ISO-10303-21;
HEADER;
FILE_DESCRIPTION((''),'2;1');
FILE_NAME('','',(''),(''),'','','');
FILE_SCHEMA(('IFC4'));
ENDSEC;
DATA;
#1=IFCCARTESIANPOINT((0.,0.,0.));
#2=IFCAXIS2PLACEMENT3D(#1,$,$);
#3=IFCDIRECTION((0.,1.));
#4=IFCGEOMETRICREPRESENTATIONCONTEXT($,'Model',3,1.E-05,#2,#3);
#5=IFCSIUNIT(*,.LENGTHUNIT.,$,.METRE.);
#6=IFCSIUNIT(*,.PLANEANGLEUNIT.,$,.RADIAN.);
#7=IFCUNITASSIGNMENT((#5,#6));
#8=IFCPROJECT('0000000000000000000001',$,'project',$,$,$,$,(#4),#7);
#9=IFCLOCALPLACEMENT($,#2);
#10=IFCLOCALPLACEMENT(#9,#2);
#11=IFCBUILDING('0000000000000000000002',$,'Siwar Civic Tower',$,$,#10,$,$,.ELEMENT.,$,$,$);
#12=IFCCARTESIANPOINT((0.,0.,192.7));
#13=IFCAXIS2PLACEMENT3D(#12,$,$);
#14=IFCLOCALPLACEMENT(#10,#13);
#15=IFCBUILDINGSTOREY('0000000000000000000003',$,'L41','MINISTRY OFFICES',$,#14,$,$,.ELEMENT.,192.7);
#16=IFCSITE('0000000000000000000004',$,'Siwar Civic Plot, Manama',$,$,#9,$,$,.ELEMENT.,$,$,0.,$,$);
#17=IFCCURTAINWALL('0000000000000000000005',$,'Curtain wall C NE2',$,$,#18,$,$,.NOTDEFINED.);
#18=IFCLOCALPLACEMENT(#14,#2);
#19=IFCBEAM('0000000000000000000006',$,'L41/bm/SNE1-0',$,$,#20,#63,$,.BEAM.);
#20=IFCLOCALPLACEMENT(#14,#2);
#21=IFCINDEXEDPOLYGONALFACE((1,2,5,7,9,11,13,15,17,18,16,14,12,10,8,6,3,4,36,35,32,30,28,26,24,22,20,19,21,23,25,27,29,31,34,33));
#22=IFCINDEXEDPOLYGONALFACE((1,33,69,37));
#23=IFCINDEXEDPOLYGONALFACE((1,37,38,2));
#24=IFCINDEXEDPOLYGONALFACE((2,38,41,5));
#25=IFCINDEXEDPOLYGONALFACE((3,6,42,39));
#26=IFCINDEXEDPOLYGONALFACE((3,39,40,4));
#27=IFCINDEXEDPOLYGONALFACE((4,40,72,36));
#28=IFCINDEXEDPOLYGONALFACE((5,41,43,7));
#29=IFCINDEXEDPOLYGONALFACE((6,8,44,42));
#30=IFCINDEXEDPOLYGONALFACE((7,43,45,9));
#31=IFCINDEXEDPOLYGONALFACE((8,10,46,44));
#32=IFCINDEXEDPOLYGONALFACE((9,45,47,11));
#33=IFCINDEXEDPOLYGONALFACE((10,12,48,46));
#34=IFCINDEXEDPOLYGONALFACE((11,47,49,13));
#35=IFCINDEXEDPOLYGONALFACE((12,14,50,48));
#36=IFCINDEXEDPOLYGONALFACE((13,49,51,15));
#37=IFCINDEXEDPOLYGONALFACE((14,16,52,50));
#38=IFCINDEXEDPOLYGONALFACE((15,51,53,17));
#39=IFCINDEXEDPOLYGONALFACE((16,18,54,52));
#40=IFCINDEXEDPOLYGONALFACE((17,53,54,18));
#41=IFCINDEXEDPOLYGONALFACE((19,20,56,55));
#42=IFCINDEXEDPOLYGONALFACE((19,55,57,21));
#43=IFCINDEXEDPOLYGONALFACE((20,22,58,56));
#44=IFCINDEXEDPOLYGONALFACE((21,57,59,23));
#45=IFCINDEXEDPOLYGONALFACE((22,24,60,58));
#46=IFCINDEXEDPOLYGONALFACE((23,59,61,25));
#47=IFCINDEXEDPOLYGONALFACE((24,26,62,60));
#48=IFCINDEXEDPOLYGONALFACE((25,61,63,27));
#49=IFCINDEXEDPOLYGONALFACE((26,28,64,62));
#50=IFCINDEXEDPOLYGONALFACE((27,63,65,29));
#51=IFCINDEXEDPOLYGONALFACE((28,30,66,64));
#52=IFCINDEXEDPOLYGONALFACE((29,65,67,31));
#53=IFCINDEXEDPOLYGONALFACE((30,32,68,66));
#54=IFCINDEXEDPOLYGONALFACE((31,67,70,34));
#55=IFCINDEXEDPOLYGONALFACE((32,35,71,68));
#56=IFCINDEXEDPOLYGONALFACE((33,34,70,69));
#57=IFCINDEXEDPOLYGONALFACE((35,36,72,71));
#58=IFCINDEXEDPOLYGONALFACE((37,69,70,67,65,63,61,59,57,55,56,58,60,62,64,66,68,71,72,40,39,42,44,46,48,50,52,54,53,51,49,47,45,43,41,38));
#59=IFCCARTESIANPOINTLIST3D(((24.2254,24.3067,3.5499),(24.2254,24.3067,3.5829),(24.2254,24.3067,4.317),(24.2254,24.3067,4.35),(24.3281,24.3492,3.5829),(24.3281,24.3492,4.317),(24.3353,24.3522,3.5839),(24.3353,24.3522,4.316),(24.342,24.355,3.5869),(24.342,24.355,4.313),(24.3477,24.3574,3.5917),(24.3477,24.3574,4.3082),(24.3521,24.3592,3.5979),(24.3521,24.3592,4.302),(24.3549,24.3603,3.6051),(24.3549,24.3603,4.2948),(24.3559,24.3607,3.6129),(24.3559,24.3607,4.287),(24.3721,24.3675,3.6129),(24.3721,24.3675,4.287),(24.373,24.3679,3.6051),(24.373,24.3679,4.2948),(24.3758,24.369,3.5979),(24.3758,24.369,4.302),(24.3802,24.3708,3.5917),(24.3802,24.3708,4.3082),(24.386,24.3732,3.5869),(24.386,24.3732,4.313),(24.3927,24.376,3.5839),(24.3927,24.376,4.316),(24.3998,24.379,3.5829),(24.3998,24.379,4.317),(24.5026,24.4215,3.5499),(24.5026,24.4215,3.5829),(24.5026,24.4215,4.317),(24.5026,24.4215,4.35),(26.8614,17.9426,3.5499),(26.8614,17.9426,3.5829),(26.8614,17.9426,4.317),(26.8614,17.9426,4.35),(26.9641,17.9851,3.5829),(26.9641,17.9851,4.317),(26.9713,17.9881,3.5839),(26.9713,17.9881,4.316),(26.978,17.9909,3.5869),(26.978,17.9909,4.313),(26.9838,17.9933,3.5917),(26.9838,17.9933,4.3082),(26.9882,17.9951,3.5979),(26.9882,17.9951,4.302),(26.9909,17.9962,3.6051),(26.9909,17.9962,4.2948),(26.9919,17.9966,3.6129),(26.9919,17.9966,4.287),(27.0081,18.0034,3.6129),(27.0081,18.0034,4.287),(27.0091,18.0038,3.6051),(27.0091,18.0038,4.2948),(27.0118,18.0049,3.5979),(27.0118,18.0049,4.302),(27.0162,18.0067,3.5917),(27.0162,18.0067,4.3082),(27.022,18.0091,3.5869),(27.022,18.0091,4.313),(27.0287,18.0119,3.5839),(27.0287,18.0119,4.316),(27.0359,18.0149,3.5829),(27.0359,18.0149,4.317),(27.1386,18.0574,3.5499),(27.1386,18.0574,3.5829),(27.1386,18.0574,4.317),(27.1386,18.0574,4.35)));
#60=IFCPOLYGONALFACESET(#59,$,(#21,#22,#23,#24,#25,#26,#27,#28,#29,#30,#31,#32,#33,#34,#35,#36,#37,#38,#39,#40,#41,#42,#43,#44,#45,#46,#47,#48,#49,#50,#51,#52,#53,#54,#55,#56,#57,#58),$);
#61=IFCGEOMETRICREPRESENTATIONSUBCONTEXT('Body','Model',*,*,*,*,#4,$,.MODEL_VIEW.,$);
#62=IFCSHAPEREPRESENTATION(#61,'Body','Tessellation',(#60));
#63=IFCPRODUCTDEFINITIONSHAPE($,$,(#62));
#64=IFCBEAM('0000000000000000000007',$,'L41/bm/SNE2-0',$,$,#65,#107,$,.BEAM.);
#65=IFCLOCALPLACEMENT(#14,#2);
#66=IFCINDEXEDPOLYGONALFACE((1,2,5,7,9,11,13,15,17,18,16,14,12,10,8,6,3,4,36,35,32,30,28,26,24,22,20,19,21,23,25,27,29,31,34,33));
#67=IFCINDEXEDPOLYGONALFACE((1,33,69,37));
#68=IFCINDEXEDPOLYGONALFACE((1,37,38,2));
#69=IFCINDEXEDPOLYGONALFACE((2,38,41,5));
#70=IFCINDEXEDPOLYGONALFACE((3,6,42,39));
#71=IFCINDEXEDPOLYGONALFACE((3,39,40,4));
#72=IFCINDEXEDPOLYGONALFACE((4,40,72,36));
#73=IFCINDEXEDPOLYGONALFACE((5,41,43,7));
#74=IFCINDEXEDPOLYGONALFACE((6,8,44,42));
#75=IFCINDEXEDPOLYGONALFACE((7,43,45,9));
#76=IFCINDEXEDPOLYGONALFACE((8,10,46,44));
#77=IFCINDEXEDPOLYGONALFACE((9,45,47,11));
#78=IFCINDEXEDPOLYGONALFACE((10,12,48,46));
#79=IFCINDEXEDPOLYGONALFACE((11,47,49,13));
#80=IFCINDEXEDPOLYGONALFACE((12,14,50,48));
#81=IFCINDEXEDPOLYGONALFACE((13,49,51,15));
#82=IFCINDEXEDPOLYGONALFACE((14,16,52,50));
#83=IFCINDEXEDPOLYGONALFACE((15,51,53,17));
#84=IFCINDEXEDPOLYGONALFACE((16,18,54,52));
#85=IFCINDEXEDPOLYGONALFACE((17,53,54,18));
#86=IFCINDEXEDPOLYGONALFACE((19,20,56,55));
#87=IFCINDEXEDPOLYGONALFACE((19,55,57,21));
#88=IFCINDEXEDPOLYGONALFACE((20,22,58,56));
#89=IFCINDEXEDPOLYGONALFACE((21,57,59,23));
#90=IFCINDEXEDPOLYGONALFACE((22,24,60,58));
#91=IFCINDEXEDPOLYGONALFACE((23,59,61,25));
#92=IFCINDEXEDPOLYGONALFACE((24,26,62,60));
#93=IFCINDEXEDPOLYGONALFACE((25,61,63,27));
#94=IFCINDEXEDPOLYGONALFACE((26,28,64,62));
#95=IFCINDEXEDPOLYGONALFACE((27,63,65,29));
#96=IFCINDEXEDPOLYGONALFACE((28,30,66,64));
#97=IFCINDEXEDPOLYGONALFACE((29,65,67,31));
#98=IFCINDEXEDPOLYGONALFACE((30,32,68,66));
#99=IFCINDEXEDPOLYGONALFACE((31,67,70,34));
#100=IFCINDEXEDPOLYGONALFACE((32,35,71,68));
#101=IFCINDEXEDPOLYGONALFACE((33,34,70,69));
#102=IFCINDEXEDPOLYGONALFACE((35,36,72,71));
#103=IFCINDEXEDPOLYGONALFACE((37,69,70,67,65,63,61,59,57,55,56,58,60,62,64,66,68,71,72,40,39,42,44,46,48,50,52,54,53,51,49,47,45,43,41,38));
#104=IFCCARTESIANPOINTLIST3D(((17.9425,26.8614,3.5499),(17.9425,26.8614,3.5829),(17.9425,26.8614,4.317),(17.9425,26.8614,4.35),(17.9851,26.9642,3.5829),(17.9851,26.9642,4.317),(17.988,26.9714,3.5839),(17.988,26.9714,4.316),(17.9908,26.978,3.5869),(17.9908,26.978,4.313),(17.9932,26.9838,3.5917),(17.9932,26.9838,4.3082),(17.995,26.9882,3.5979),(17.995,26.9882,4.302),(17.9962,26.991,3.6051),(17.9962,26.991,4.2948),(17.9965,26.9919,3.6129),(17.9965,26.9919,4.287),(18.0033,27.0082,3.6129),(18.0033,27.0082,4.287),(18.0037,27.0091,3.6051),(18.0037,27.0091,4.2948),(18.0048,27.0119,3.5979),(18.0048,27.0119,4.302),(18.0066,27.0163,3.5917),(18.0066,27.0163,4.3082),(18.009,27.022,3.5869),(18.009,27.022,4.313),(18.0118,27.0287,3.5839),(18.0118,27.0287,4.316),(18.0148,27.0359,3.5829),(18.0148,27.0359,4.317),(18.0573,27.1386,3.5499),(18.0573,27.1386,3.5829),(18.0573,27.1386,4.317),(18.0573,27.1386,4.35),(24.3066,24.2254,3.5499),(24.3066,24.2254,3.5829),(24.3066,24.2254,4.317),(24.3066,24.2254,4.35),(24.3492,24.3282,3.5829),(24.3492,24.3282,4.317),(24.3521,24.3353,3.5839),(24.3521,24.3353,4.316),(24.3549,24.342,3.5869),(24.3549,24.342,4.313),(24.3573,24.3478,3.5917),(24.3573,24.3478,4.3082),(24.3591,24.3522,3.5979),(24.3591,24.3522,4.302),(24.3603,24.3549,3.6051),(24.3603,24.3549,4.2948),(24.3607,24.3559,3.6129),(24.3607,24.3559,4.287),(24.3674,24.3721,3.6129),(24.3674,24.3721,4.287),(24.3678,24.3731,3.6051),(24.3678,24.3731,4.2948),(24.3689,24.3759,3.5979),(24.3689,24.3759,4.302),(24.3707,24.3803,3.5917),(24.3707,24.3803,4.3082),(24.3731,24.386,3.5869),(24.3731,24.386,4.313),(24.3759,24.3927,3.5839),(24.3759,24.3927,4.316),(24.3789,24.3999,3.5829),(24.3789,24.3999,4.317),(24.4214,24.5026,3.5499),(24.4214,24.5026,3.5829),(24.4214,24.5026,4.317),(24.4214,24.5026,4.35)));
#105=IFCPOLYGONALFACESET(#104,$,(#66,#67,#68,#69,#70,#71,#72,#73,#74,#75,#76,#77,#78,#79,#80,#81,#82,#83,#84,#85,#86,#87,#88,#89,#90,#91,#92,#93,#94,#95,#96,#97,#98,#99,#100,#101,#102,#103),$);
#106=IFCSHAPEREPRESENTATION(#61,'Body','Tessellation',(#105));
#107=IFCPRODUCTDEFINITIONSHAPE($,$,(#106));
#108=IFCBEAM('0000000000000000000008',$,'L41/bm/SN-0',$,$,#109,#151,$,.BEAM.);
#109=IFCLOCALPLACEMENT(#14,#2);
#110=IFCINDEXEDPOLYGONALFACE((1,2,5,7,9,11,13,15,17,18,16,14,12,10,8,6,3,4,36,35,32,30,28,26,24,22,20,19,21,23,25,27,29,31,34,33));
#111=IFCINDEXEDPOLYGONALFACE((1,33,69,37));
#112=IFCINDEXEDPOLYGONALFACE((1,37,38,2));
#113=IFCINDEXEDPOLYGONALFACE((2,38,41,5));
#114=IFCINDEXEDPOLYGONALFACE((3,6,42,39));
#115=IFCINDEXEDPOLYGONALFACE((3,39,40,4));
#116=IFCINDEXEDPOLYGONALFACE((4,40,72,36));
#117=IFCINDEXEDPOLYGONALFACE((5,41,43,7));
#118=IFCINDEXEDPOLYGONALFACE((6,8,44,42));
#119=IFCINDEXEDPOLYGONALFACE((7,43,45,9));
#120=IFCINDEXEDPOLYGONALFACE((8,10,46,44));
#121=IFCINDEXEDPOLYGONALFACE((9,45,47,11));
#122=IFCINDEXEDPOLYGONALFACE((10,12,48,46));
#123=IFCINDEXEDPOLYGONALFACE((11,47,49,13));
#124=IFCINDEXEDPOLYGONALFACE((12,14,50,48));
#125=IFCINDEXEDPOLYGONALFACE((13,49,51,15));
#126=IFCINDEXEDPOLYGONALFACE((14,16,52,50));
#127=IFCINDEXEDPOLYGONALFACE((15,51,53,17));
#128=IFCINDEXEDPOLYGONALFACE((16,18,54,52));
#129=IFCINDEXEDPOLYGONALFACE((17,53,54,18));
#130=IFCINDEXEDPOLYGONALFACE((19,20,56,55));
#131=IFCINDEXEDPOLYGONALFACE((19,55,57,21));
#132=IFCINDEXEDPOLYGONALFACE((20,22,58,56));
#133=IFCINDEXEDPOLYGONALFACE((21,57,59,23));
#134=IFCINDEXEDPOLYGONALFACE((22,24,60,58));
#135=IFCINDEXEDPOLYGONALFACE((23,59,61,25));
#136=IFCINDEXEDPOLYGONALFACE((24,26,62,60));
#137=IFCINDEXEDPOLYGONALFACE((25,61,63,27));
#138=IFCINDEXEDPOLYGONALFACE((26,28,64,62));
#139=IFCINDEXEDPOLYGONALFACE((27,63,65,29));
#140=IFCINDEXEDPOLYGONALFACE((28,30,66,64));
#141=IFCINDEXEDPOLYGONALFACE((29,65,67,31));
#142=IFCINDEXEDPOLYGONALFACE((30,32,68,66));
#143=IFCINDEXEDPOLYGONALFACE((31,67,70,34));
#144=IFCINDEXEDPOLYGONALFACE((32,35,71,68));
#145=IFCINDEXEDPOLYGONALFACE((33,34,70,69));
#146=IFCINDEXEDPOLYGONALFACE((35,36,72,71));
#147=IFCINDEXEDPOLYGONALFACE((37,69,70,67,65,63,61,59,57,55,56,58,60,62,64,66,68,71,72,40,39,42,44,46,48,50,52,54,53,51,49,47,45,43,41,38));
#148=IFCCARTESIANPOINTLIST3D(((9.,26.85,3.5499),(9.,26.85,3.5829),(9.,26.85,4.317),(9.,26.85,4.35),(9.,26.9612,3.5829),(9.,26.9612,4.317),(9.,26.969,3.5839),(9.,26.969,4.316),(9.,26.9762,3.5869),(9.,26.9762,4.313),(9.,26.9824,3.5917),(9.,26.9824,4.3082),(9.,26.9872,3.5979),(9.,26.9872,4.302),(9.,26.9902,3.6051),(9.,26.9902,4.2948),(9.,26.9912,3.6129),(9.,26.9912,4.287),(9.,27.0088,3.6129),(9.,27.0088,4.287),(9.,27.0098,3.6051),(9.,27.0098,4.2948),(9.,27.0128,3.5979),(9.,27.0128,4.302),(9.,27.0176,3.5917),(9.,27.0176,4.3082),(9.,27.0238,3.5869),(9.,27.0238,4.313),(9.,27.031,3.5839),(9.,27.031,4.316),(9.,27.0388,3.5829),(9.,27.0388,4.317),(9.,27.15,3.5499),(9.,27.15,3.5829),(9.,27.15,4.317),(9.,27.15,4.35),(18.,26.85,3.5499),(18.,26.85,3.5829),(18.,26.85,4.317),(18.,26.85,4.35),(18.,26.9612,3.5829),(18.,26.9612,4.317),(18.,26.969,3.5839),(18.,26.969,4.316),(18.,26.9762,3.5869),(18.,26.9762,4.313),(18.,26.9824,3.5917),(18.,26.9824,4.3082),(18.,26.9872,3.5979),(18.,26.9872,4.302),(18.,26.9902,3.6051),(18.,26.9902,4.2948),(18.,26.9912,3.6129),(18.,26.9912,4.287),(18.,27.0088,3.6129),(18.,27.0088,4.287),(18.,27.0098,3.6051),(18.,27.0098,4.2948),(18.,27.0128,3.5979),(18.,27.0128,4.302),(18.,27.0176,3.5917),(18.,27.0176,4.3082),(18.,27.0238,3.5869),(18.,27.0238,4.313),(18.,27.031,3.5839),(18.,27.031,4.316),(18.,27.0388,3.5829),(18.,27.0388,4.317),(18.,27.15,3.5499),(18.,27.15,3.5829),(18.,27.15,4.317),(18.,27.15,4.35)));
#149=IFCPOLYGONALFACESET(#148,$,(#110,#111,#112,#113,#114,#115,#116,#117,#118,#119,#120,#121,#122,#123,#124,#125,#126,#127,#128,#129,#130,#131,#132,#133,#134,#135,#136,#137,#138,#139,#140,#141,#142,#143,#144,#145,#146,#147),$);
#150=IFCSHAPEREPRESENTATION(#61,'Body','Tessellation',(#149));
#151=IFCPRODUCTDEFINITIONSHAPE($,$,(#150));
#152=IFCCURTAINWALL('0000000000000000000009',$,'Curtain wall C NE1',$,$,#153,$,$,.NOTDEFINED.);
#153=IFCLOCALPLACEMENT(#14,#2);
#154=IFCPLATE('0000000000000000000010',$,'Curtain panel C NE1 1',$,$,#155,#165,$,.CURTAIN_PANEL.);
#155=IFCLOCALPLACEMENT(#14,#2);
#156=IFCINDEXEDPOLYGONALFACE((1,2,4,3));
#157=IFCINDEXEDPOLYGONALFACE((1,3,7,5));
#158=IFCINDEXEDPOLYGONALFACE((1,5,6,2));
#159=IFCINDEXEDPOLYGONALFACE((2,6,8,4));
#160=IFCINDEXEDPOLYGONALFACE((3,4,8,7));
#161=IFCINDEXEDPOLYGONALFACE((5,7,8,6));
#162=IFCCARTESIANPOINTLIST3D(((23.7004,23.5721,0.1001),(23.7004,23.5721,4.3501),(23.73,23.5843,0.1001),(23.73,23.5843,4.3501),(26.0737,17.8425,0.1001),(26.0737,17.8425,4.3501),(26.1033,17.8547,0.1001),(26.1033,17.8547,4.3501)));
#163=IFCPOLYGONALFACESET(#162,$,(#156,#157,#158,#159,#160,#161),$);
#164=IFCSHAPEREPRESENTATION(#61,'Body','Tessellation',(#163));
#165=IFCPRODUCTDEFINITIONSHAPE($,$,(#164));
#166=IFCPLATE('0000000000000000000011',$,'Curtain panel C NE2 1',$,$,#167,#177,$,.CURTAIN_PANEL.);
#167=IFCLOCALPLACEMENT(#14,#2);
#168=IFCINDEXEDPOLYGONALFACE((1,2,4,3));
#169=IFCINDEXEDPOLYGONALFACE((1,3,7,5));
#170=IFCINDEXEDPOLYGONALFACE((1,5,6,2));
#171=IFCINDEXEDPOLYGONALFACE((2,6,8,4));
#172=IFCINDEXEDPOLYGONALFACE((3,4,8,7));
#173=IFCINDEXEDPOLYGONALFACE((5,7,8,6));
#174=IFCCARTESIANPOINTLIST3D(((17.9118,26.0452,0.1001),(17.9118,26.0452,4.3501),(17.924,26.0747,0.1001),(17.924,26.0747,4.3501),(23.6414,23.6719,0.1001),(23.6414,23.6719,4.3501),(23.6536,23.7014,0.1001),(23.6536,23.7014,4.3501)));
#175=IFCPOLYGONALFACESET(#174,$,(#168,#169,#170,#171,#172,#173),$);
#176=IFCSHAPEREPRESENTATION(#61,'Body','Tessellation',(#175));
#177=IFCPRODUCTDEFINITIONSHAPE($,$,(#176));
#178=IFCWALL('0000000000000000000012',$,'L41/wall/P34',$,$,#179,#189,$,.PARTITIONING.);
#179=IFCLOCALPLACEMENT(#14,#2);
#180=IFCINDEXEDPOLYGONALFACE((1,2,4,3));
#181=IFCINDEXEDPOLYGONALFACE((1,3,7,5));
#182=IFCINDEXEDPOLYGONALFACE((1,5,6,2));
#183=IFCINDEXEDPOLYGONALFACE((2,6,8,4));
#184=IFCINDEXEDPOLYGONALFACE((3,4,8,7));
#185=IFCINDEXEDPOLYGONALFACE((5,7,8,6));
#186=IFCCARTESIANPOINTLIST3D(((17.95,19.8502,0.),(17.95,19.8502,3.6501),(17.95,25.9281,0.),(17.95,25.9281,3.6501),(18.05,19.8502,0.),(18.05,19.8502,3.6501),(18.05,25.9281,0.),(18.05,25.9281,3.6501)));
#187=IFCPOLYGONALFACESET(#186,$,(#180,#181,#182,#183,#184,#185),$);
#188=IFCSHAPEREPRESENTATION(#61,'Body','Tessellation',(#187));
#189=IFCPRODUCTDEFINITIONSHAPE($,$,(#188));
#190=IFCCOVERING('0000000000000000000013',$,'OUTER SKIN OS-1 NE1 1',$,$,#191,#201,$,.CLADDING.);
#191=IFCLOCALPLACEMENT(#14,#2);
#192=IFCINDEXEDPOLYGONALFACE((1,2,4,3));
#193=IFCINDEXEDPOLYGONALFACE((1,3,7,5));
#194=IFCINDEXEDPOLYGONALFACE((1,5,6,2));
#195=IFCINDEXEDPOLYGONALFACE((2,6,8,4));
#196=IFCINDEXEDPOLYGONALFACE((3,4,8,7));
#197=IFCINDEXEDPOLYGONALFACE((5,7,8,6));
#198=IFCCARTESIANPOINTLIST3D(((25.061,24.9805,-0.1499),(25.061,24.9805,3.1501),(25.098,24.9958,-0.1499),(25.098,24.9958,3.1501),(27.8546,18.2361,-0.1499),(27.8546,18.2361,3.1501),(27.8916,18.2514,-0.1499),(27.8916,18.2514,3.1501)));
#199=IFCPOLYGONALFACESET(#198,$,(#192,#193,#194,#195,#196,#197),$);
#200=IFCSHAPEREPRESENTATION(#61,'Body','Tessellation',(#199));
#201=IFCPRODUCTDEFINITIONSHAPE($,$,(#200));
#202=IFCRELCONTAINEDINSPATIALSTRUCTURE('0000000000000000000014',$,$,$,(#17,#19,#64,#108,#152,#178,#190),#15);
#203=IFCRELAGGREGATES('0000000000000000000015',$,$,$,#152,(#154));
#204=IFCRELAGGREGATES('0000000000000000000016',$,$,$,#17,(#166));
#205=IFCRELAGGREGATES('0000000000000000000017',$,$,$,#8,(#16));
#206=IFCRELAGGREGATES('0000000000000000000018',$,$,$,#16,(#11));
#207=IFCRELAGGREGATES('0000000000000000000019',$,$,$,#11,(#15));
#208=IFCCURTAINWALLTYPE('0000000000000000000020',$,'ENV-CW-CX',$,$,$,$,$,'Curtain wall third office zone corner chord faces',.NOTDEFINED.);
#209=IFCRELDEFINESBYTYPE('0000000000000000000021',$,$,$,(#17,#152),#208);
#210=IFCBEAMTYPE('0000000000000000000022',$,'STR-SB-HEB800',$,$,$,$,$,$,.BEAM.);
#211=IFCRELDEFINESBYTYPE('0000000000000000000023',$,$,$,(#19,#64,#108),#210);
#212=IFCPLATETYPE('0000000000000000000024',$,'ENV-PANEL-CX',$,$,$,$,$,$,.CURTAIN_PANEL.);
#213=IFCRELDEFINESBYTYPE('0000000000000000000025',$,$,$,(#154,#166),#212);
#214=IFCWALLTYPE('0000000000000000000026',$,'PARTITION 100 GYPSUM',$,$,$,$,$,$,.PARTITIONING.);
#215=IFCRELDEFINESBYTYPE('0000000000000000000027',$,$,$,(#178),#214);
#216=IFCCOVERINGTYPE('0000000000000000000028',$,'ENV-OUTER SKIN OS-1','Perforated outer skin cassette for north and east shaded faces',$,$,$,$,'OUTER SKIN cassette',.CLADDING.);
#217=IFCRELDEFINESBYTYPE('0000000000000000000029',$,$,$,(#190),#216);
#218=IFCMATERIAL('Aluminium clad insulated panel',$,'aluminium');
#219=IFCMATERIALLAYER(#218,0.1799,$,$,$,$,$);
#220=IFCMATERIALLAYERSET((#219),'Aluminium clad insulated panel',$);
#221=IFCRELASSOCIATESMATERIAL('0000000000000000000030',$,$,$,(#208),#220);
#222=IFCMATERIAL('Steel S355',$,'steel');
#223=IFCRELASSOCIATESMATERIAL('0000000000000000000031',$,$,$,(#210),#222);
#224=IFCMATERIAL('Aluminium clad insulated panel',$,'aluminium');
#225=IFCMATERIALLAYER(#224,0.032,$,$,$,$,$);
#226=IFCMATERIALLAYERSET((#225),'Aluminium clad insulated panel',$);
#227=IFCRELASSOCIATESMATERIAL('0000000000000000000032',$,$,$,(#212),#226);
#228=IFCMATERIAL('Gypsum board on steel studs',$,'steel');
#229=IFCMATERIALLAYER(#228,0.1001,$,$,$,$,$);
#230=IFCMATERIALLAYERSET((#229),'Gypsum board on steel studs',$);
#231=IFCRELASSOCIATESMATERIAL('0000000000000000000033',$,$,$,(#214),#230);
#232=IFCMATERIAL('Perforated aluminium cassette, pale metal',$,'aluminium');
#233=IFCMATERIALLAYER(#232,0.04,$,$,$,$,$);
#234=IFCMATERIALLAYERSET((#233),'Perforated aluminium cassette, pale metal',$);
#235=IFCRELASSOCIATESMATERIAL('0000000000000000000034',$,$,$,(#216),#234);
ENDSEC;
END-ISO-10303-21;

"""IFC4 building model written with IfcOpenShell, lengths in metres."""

from ifc_helpers import new_model, si_unit, direction, frame, frame_2d, origin, origin_2d, place, context, subcontext, project, spatial, rectangle, i_section, extrude, material, layer, layer_set, material_profile, profile_set, type_object, element, aggregate, save


model = new_model("IFC4")

# Units and contexts
model_context = context("Model", 3, precision=1e-05, world=origin(), true_north=direction((0.0, 1.0)))
body_context = subcontext(model_context, "Body", "Model", "MODEL_VIEW")
ifc_project = project(units=[si_unit("LENGTHUNIT", "METRE"), si_unit("PLANEANGLEUNIT", "RADIAN")], contexts=[model_context])

# Site, building, storey
site_placement = place(None, origin())
site = spatial("IfcSite", under=ifc_project, at=site_placement, Name="Siwar Civic Plot, Manama", CompositionType="ELEMENT", RefElevation=0.0)
building_placement = place(site_placement, origin())
building = spatial("IfcBuilding", under=site, at=building_placement, Name="Siwar Civic Tower", CompositionType="ELEMENT")
storey_placement = place(building_placement, frame((0.0, 0.0, 192.7)))
storey = spatial("IfcBuildingStorey", under=building, at=storey_placement, Name="L41", Description="MINISTRY OFFICES", CompositionType="ELEMENT", Elevation=192.7)

# Curtain wall
ifc_material_1 = material(Name="Aluminium clad insulated panel", Category="aluminium")
ifc_layer_1 = layer(ifc_material_1, 0.1799)
ifc_layer_set_1 = layer_set([ifc_layer_1], Name="Aluminium clad insulated panel")
curtain_wall_type_1 = type_object("IfcCurtainWallType", Name="ENV-CW-CX", ElementType="Curtain wall third office zone corner chord faces", PredefinedType="NOTDEFINED", material=ifc_layer_set_1)
curtain_wall_1_placement = place(storey_placement, origin())
curtain_wall_1 = element("IfcCurtainWall", 1, at=curtain_wall_1_placement, inside=storey, type_object=curtain_wall_type_1, Name="Curtain wall C NE2", PredefinedType="NOTDEFINED")

# Beams
ifc_material_2 = material(Name="Steel S355", Category="steel")
ifc_material_profile_1 = material_profile(ifc_material_2, i_section(OverallWidth=0.3, OverallDepth=0.8, WebThickness=0.0176, FlangeThickness=0.033, FilletRadius=0.03, at=origin_2d()), Name="HEB800")
ifc_profile_set_1 = profile_set([ifc_material_profile_1], Name="Steel S355")
beam_type_1 = type_object("IfcBeamType", Name="STR-SB-HEB800", PredefinedType="BEAM", material=ifc_profile_set_1)
for number, where, z_axis, x_axis, name in (
    (2, (27.0, 18.0, 3.95), (-0.382674, 0.923883, 0.0), (-0.923883, -0.382674, 0.0), "L41/bm/SNE1-0"),
    (3, (24.364, 24.364, 3.95), (-0.923883, 0.382674, 0.0), (-0.382674, -0.923883, 0.0), "L41/bm/SNE2-0"),
):
    element("IfcBeam", number, at=place(storey_placement, frame(where, z_axis=z_axis, x_axis=x_axis)), inside=storey, type_object=beam_type_1, Name=name, PredefinedType="BEAM", context=body_context, shape_type="SweptSolid", body=[
        extrude(i_section(OverallWidth=0.3, OverallDepth=0.8, WebThickness=0.0176, FlangeThickness=0.033, FilletRadius=0.03, at=origin_2d()), origin(), (0.0, 0.0, 1.0), 6.8884),
    ])
beam_1_placement = place(storey_placement, frame((18.0, 27.0, 3.95), z_axis=(-1.0, 0.0, 0.0), x_axis=(0.0, -1.0, 0.0)))
element("IfcBeam", 4, at=beam_1_placement, inside=storey, type_object=beam_type_1, Name="L41/bm/SN-0", PredefinedType="BEAM", context=body_context, shape_type="SweptSolid", body=[
    extrude(i_section(OverallWidth=0.3, OverallDepth=0.8, WebThickness=0.0176, FlangeThickness=0.033, FilletRadius=0.03, at=origin_2d()), origin(), (0.0, 0.0, 1.0), 9.0),
])

# Curtain wall, plate
curtain_wall_2_placement = place(storey_placement, origin())
curtain_wall_2 = element("IfcCurtainWall", 5, at=curtain_wall_2_placement, inside=storey, type_object=curtain_wall_type_1, Name="Curtain wall C NE1", PredefinedType="NOTDEFINED")
ifc_material_3 = material(Name="Aluminium clad insulated panel", Category="aluminium")
ifc_layer_2 = layer(ifc_material_3, 0.032)
ifc_layer_set_2 = layer_set([ifc_layer_2], Name="Aluminium clad insulated panel")
plate_type = type_object("IfcPlateType", Name="ENV-PANEL-CX", PredefinedType="CURTAIN_PANEL", material=ifc_layer_set_2)
plate_1_placement = place(storey_placement, frame((24.9019, 20.7134, 0.1001), z_axis=(0.0, 0.0, 1.0), x_axis=(-0.382683, 0.92388, 0.0)))
plate_1 = element("IfcPlate", 6, at=plate_1_placement, type_object=plate_type, Name="Curtain panel C NE1 1", PredefinedType="CURTAIN_PANEL", context=body_context, shape_type="SweptSolid", body=[
    extrude(rectangle(XDim=6.2017, YDim=0.032, at=origin_2d()), origin(), (0.0, 0.0, 1.0), 4.25),
])
aggregate(curtain_wall_2, [plate_1])

# Plate
plate_2_placement = place(storey_placement, frame((20.7827, 24.8733, 0.1001), z_axis=(0.0, 0.0, 1.0), x_axis=(-0.92388, 0.382683, 0.0)))
plate_2 = element("IfcPlate", 7, at=plate_2_placement, type_object=plate_type, Name="Curtain panel C NE2 1", PredefinedType="CURTAIN_PANEL", context=body_context, shape_type="SweptSolid", body=[
    extrude(rectangle(XDim=6.2017, YDim=0.032, at=origin_2d()), origin(), (0.0, 0.0, 1.0), 4.25),
])
aggregate(curtain_wall_1, [plate_2])

# Wall
ifc_material_4 = material(Name="Gypsum board on steel studs", Category="steel")
ifc_layer_3 = layer(ifc_material_4, 0.1001)
ifc_layer_set_3 = layer_set([ifc_layer_3], Name="Gypsum board on steel studs")
wall_type = type_object("IfcWallType", Name="PARTITION 100 GYPSUM", PredefinedType="PARTITIONING", material=ifc_layer_set_3)
wall_placement = place(storey_placement, frame((18.0, 19.8501, 0.0), z_axis=(0.0, 0.0, 1.0), x_axis=(0.0, 1.0, 0.0)))
element("IfcWall", 8, at=wall_placement, inside=storey, type_object=wall_type, Name="L41/wall/P34", PredefinedType="PARTITIONING", context=body_context, shape_type="SweptSolid", body=[
    extrude(rectangle(XDim=6.0779, YDim=0.1001, at=frame_2d((3.0391, 0.0))), origin(), (0.0, 0.0, 1.0), 3.6501),
])

# Covering
ifc_material_5 = material(Name="Perforated aluminium cassette, pale metal", Category="aluminium")
ifc_layer_4 = layer(ifc_material_5, 0.04)
ifc_layer_set_4 = layer_set([ifc_layer_4], Name="Perforated aluminium cassette, pale metal")
covering_type = type_object("IfcCoveringType", Name="ENV-OUTER SKIN OS-1", Description="Perforated outer skin cassette for north and east shaded faces", ElementType="OUTER SKIN cassette", PredefinedType="CLADDING", material=ifc_layer_set_4)
for number, where, z_axis, x_axis, name in (
    (9, (26.4763, 21.616, -0.1499), (0.0, 0.0, 1.0), (-0.382683, 0.92388, 0.0), "OUTER SKIN OS-1 NE1 1"),
):
    element("IfcCovering", number, at=place(storey_placement, frame(where, z_axis=z_axis, x_axis=x_axis)), inside=storey, type_object=covering_type, Name=name, PredefinedType="CLADDING", context=body_context, shape_type="SweptSolid", body=[
        extrude(rectangle(XDim=7.3, YDim=0.04, at=origin_2d()), origin(), (0.0, 0.0, 1.0), 3.3),
    ])

save(model, "model.ifc")
